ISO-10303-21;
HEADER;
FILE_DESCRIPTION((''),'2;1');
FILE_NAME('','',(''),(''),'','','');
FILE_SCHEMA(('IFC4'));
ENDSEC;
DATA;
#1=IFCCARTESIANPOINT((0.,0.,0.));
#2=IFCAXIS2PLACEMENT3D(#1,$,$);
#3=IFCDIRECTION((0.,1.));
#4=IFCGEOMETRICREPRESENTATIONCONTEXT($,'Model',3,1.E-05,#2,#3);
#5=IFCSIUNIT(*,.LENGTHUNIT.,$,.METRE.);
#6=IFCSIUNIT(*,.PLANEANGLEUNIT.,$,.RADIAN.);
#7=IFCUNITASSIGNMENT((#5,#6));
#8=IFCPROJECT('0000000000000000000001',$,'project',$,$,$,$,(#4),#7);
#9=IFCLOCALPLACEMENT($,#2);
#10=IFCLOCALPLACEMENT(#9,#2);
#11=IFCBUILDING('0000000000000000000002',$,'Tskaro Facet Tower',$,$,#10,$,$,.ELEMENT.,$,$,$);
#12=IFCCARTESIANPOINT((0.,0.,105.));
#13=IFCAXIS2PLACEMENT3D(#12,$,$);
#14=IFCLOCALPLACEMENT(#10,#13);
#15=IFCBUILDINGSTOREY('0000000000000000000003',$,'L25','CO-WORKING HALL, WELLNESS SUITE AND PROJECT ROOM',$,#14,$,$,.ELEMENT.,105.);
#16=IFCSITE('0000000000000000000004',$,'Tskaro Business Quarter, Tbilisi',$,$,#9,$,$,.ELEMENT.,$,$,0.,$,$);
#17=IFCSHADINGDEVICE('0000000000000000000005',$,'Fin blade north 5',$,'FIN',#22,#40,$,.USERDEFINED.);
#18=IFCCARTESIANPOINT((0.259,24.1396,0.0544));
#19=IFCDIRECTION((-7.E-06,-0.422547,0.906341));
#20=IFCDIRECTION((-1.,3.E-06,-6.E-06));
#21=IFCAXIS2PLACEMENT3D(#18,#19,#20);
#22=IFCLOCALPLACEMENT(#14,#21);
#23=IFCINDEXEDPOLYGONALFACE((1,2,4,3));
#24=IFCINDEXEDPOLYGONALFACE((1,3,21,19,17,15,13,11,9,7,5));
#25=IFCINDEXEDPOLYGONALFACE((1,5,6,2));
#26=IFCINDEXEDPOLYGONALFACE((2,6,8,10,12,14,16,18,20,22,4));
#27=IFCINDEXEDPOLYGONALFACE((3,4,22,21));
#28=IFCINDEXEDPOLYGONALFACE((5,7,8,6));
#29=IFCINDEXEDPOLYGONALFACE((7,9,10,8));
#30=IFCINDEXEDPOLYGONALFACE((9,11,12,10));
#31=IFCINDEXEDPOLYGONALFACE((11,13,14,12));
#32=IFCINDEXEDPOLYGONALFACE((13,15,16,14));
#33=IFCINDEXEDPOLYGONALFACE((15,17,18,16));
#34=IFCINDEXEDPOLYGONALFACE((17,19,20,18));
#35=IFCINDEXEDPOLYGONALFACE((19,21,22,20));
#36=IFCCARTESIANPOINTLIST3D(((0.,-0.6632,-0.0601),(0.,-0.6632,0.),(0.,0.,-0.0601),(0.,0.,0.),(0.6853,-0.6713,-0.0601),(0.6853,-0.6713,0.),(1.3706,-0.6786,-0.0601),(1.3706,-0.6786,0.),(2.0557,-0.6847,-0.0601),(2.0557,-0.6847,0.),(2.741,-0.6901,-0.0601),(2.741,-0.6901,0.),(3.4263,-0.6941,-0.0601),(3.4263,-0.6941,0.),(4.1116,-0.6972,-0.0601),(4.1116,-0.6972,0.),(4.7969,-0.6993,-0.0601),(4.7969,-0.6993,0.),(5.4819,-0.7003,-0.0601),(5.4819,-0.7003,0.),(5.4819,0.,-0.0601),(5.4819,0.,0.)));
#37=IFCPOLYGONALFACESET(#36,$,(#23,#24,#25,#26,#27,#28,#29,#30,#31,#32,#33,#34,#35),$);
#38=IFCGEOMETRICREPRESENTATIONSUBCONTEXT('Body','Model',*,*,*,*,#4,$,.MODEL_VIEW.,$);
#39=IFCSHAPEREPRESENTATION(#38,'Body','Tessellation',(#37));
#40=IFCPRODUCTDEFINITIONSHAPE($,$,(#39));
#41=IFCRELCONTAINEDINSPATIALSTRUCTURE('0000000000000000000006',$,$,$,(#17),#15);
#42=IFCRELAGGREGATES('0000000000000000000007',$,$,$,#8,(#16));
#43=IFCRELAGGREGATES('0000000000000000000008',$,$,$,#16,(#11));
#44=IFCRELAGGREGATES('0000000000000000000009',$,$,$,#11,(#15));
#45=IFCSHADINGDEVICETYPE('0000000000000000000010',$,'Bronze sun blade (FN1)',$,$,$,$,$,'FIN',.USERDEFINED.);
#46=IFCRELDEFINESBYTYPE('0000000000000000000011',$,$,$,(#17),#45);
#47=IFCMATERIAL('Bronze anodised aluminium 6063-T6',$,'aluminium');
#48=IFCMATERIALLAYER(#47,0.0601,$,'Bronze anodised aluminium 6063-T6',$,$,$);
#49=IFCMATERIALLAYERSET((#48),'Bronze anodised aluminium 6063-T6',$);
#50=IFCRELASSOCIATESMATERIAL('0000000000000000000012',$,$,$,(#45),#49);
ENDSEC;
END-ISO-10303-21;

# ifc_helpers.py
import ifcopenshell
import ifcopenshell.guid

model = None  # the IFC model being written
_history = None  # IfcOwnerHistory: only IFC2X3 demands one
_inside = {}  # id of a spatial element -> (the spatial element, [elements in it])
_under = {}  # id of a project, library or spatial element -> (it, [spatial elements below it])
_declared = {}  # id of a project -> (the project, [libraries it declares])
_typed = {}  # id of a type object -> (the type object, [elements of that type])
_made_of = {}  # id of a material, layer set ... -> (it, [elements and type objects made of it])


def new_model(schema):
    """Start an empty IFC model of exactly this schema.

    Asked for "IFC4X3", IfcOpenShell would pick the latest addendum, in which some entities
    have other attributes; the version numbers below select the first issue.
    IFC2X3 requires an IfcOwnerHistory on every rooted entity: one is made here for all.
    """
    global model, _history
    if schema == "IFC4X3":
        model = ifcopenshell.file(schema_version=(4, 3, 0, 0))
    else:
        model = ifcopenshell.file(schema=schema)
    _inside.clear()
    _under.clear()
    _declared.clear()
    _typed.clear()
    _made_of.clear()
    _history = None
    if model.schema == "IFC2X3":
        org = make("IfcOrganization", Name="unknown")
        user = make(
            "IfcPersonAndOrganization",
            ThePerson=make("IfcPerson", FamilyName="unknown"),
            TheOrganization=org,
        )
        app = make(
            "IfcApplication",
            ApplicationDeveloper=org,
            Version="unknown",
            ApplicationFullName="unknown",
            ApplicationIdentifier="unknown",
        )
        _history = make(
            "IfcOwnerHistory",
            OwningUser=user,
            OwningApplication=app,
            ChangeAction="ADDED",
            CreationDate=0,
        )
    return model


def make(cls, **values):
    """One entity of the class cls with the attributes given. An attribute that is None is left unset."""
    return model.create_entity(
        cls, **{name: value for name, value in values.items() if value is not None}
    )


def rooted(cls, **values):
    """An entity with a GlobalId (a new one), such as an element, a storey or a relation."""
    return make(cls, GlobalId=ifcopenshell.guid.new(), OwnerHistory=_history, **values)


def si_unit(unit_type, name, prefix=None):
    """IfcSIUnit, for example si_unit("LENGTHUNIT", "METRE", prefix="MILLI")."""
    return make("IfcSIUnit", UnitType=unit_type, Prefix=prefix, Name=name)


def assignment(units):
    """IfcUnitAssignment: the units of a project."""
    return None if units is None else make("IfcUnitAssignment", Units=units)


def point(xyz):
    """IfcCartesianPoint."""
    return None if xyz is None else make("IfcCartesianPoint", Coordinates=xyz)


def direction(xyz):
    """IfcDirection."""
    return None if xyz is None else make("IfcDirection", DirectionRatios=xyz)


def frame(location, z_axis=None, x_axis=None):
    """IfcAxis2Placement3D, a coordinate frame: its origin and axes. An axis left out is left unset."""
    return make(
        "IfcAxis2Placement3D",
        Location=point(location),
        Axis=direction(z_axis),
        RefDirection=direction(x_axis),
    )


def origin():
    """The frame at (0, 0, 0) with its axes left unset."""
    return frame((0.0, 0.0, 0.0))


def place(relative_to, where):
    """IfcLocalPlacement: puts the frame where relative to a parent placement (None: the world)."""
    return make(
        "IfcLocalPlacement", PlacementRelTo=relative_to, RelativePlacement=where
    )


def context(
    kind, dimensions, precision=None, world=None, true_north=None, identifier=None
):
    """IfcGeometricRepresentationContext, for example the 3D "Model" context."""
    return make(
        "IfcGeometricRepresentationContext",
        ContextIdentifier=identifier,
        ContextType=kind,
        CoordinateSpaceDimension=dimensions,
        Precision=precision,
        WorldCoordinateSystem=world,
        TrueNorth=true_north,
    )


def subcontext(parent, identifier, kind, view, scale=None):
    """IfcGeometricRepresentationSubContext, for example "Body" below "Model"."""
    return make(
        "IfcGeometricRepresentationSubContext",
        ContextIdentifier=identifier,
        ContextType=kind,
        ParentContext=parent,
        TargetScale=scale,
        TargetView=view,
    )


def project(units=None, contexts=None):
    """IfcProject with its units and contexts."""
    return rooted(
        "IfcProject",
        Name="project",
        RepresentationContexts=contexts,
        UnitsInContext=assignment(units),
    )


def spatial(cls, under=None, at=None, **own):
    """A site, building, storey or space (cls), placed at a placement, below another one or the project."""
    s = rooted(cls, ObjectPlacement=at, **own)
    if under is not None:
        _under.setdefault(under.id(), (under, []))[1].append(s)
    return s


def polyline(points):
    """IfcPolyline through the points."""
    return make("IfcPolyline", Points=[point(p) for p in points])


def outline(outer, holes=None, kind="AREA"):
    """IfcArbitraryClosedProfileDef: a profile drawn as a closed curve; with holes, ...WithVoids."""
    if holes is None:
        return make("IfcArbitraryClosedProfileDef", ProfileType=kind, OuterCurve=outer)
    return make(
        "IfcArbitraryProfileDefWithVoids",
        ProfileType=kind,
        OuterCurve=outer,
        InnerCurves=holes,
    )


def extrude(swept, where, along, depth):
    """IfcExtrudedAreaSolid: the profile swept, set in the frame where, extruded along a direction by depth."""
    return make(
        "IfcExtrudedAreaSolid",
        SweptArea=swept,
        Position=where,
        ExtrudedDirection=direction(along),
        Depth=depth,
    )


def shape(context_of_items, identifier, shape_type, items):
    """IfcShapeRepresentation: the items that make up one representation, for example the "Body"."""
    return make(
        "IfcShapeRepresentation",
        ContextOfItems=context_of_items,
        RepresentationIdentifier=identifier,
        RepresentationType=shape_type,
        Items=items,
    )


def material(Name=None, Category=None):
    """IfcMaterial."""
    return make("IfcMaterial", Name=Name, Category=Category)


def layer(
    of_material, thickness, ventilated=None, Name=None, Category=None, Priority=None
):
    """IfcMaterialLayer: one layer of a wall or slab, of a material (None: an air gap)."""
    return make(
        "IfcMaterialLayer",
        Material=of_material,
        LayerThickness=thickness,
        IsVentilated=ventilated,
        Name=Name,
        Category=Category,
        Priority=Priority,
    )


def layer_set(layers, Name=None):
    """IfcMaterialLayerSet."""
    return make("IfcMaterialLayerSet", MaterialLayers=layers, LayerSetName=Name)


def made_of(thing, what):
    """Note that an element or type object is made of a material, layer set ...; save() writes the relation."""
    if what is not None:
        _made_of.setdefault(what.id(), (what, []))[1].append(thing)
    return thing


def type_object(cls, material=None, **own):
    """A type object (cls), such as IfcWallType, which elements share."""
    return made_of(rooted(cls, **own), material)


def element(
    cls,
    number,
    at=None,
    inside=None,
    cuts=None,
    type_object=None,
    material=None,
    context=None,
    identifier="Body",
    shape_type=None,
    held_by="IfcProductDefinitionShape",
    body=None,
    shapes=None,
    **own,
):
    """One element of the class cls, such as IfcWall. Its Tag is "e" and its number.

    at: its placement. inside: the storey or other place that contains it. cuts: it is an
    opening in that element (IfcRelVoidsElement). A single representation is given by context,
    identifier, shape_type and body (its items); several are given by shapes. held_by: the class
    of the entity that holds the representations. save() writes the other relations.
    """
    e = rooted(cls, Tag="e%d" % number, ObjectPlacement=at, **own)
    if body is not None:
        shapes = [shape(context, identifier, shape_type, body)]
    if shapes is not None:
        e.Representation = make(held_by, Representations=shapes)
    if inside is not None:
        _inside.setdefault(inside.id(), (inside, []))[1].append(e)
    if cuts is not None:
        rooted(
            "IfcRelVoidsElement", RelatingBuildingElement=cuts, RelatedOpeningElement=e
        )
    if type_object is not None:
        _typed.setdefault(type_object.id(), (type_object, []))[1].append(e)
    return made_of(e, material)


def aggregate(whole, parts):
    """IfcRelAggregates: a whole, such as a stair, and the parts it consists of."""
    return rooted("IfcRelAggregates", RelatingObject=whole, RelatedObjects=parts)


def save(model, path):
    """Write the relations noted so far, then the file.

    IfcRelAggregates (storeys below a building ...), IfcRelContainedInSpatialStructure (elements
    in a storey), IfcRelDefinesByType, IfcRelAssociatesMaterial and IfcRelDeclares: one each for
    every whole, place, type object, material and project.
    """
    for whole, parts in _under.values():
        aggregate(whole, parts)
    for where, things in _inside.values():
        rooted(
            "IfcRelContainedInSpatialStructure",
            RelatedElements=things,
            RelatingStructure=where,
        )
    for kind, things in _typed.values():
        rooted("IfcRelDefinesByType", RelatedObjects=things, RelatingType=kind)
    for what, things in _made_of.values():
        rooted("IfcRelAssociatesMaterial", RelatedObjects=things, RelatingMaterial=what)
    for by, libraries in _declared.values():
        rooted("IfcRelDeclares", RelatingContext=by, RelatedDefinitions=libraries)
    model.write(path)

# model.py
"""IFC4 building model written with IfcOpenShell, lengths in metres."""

from ifc_helpers import new_model, si_unit, direction, frame, origin, place, context, subcontext, project, spatial, polyline, outline, extrude, material, layer, layer_set, type_object, element, save


model = new_model("IFC4")

# Units and contexts
model_context = context("Model", 3, precision=1e-05, world=origin(), true_north=direction((0.0, 1.0)))
body_context = subcontext(model_context, "Body", "Model", "MODEL_VIEW")
ifc_project = project(units=[si_unit("LENGTHUNIT", "METRE"), si_unit("PLANEANGLEUNIT", "RADIAN")], contexts=[model_context])

# Site, building, storey
site_placement = place(None, origin())
site = spatial("IfcSite", under=ifc_project, at=site_placement, Name="Tskaro Business Quarter, Tbilisi", CompositionType="ELEMENT", RefElevation=0.0)
building_placement = place(site_placement, origin())
building = spatial("IfcBuilding", under=site, at=building_placement, Name="Tskaro Facet Tower", CompositionType="ELEMENT")
storey_placement = place(building_placement, frame((0.0, 0.0, 105.0)))
storey = spatial("IfcBuildingStorey", under=building, at=storey_placement, Name="L25", Description="CO-WORKING HALL, WELLNESS SUITE AND PROJECT ROOM", CompositionType="ELEMENT", Elevation=105.0)

# Shared definitions
ifc_material_1 = material(Name="Bronze anodised aluminium 6063-T6", Category="aluminium")

# Shading device
ifc_layer_1 = layer(ifc_material_1, 0.0601, Name="Bronze anodised aluminium 6063-T6")
ifc_layer_set_1 = layer_set([ifc_layer_1], Name="Bronze anodised aluminium 6063-T6")
shading_device_type = type_object("IfcShadingDeviceType", Name="Bronze sun blade (FN1)", ElementType="FIN", PredefinedType="USERDEFINED", material=ifc_layer_set_1)
shading_device_1_placement = place(storey_placement, frame((0.259, 24.1396, 0.0544), z_axis=(-0.000007, -0.422547, 0.906341), x_axis=(-1.0, 0.000003, -0.000006)))
element("IfcShadingDevice", 1, at=shading_device_1_placement, inside=storey, type_object=shading_device_type, Name="Fin blade north 5", ObjectType="FIN", PredefinedType="USERDEFINED", context=body_context, shape_type="SweptSolid", body=[
    extrude(outline(polyline([(0.0, 0.0), (5.4819, 0.0), (5.4819, -0.7003), (4.7969, -0.6993), (4.1116, -0.6972), (3.4263, -0.6941), (2.741, -0.6901), (2.0557, -0.6847), (1.3706, -0.6786), (0.6853, -0.6713), (0.0, -0.6632), (0.0, 0.0)])), origin(), (0.0, 0.0, -1.0), 0.0601),
])

save(model, "model.ifc")
